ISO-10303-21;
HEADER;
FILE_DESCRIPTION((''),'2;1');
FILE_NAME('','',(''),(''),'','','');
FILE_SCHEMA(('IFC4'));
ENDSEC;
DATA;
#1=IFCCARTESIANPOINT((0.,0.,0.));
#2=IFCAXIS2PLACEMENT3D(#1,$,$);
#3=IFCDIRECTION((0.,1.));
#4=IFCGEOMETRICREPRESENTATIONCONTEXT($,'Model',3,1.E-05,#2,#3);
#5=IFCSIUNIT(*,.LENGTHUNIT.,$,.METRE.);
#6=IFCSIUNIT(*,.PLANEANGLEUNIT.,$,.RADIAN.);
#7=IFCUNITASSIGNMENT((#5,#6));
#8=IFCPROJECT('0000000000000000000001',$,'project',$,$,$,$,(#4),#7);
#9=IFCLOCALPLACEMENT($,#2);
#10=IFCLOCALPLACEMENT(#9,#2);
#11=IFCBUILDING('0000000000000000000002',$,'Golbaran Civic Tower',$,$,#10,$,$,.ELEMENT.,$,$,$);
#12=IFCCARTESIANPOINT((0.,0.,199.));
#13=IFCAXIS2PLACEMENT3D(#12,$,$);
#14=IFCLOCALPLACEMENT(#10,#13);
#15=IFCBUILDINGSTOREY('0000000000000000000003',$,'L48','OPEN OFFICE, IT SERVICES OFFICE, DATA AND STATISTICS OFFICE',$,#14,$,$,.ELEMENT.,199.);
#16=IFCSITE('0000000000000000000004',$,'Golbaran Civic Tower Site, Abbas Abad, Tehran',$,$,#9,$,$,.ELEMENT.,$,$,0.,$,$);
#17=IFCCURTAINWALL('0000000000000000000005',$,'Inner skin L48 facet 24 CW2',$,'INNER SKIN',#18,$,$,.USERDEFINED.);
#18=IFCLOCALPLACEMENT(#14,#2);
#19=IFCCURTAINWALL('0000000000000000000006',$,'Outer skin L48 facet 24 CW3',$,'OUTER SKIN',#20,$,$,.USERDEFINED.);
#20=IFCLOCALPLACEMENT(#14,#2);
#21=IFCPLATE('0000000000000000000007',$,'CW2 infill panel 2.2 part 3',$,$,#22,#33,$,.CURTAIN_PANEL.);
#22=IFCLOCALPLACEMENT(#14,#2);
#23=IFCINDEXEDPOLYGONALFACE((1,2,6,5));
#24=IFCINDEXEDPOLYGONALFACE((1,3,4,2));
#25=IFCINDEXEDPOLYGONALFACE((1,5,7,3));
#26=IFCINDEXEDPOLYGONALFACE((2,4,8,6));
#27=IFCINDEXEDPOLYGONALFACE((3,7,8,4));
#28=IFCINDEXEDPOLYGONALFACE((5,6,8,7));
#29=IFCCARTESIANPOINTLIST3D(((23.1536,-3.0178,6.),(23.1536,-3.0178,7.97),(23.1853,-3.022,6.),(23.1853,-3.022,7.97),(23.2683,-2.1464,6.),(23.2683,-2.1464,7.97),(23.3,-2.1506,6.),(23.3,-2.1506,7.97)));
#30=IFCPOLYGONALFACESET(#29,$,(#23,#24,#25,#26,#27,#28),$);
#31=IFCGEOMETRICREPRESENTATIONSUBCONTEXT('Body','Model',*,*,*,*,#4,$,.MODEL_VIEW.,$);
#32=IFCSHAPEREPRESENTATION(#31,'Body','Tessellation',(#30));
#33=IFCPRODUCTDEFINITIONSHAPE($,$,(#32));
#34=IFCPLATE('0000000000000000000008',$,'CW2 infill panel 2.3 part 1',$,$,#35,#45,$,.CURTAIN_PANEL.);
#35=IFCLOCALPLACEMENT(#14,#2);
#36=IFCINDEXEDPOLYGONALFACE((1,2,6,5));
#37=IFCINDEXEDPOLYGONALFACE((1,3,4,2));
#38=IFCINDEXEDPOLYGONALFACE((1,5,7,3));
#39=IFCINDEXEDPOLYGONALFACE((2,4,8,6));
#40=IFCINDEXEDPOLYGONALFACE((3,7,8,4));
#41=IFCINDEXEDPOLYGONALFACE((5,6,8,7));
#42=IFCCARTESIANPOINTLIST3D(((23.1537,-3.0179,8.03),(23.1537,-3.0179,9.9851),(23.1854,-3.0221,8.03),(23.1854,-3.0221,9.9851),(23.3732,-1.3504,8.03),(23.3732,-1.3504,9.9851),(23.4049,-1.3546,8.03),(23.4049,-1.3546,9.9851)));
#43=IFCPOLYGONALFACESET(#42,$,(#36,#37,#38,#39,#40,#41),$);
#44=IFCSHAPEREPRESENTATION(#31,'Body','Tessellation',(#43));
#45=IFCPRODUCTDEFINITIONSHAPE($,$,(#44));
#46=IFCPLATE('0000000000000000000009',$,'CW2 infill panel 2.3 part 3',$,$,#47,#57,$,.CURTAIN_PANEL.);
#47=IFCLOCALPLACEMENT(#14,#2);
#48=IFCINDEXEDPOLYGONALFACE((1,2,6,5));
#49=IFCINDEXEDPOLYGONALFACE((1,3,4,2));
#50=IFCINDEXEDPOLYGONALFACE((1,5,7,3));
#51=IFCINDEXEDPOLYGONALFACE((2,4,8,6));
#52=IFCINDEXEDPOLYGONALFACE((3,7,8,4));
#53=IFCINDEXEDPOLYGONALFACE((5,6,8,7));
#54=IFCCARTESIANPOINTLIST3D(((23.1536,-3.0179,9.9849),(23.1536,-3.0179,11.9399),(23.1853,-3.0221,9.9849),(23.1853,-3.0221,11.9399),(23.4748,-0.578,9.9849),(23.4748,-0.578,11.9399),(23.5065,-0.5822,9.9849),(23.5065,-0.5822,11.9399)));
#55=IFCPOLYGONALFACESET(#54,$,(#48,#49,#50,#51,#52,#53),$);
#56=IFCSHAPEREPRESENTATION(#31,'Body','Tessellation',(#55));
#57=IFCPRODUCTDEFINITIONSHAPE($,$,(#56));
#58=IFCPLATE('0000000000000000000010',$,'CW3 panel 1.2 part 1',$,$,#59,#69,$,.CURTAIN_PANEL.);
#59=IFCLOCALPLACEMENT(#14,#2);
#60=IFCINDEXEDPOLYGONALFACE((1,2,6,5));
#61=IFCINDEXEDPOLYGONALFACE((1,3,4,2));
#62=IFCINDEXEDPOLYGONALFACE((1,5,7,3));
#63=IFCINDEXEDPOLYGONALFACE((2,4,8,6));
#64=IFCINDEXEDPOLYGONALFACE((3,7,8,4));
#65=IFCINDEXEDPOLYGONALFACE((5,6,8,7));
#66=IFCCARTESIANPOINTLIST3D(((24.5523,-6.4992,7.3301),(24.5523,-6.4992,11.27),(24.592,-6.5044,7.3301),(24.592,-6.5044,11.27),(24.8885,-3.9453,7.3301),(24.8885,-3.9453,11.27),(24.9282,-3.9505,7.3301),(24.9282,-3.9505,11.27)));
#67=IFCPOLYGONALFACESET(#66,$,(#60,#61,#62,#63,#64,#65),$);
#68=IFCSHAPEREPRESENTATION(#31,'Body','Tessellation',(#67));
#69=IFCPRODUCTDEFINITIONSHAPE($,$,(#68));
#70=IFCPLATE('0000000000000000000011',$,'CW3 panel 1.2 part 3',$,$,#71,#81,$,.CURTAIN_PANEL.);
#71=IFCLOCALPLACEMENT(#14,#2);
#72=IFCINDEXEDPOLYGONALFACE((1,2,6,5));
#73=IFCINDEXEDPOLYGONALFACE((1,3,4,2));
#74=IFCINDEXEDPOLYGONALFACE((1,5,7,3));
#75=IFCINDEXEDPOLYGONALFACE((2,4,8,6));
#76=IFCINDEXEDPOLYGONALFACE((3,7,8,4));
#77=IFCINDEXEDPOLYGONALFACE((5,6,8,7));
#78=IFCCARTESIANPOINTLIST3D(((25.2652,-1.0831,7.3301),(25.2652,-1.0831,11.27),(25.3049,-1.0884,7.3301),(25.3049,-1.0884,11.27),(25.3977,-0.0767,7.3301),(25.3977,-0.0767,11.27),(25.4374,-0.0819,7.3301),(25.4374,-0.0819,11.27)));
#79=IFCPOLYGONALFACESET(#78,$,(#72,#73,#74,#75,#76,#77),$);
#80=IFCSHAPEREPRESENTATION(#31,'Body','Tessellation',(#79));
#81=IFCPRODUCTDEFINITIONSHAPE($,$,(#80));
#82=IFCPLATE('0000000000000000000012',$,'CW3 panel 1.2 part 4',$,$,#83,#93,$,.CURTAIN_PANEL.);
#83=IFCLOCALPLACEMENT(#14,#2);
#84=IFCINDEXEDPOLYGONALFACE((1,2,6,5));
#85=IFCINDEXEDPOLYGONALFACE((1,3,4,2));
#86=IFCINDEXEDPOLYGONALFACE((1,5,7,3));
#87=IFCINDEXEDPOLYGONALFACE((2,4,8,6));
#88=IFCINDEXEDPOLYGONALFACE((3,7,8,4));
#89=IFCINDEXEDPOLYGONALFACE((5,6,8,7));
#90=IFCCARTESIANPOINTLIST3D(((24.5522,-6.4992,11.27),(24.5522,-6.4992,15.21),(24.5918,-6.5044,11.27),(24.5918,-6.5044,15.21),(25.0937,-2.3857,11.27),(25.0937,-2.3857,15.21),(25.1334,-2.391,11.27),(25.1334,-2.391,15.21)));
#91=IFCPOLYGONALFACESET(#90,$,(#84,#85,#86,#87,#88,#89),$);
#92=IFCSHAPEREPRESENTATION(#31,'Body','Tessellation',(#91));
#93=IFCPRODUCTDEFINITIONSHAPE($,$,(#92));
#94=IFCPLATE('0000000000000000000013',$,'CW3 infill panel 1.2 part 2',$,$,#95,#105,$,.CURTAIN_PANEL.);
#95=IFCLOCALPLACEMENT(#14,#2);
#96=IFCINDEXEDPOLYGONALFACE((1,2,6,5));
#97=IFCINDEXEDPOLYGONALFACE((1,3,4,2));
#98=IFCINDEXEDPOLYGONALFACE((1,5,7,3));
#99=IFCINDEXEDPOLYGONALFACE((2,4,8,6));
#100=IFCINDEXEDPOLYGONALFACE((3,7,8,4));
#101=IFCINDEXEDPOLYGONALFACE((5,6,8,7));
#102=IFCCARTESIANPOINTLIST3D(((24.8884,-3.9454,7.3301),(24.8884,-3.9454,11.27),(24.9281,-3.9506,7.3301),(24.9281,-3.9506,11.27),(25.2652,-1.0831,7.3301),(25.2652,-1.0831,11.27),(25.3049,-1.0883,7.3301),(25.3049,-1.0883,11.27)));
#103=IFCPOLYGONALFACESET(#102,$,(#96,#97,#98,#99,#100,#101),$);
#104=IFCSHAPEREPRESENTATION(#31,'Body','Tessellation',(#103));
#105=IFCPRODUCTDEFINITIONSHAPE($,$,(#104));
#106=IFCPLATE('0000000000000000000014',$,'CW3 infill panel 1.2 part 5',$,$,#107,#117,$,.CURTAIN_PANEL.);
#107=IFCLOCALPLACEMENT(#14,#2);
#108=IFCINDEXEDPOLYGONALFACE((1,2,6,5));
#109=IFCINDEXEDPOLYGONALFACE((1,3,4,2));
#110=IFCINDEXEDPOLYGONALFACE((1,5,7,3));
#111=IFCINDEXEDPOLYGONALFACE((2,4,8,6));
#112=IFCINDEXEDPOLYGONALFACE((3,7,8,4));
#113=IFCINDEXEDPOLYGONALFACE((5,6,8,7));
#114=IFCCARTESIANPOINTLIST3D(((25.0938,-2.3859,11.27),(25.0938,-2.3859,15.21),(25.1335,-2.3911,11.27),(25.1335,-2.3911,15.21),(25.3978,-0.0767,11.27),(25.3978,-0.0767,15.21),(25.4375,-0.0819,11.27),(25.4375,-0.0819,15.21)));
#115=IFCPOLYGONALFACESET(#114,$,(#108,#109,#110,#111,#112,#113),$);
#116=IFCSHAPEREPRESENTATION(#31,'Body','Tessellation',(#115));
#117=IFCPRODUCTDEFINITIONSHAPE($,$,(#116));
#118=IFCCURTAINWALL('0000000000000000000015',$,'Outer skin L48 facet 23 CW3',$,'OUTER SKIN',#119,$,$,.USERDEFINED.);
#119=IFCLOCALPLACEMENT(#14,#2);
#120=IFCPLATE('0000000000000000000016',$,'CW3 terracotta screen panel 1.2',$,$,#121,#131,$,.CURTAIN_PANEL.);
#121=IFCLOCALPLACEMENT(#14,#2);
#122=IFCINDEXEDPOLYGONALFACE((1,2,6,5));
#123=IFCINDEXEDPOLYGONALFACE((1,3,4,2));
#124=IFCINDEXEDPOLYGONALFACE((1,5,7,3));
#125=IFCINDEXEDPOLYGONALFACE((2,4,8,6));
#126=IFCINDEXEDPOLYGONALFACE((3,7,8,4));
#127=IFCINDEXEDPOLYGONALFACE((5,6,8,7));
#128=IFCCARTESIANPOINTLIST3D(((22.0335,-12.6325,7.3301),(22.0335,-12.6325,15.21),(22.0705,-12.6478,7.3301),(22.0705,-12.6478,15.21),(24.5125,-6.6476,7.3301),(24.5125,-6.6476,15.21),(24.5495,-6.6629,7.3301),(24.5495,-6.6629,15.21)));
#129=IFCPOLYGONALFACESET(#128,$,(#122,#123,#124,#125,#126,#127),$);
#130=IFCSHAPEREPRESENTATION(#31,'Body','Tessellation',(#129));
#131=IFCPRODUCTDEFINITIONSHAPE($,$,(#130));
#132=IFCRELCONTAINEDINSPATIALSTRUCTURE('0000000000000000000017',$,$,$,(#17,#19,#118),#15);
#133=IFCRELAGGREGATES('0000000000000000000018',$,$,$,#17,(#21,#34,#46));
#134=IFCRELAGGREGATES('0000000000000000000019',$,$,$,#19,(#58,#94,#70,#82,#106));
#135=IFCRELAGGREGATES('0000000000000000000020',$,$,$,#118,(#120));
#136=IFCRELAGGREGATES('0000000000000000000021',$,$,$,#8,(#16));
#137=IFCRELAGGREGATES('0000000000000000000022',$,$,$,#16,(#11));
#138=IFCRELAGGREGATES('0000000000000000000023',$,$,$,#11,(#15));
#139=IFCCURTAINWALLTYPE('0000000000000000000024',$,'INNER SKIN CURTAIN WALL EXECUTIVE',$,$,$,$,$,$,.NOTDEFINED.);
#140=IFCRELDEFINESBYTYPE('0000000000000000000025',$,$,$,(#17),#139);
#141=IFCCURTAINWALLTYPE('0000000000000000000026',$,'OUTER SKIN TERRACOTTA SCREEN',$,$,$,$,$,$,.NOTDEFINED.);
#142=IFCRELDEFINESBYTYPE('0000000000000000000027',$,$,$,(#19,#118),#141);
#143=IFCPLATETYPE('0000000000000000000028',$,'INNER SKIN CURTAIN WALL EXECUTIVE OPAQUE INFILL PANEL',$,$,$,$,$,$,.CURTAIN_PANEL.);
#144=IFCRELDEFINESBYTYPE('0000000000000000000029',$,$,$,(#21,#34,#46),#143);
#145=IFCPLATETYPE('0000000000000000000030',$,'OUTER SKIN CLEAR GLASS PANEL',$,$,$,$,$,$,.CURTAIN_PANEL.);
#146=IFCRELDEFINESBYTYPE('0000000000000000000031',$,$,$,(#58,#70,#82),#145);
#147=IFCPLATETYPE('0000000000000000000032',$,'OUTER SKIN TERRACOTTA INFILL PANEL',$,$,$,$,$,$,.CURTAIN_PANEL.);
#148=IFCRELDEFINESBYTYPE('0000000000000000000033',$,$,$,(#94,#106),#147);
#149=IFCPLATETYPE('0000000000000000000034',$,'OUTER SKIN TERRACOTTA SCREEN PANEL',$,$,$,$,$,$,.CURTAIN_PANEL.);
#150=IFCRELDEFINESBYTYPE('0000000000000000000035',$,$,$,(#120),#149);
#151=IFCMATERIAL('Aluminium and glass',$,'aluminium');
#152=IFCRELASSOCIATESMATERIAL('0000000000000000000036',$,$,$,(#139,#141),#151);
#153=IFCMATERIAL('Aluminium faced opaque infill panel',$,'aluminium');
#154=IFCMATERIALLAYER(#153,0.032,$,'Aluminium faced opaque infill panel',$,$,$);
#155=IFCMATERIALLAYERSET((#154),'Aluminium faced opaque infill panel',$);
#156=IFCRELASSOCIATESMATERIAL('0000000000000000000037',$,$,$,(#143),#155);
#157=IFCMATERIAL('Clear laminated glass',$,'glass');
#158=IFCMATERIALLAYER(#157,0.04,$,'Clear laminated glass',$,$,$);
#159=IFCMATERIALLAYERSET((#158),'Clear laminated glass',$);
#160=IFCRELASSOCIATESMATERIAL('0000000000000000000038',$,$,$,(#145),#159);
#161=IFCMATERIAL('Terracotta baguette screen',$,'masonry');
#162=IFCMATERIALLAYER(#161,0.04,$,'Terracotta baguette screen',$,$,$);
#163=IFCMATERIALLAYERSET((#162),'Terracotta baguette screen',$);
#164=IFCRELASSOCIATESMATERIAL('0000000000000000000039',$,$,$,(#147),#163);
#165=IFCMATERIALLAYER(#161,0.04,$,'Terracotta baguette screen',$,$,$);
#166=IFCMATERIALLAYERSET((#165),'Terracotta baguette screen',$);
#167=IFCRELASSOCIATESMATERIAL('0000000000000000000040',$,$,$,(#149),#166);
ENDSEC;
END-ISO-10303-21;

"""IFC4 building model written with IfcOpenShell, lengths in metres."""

from ifc_helpers import new_model, si_unit, direction, frame, origin, origin_2d, place, context, subcontext, project, spatial, rectangle, extrude, material, layer, layer_set, type_object, element, aggregate, save


model = new_model("IFC4")

# Units and contexts
model_context = context("Model", 3, precision=1e-05, world=origin(), true_north=direction((0.0, 1.0)))
body_context = subcontext(model_context, "Body", "Model", "MODEL_VIEW")
ifc_project = project(units=[si_unit("LENGTHUNIT", "METRE"), si_unit("PLANEANGLEUNIT", "RADIAN")], contexts=[model_context])

# Site, building, storey
site_placement = place(None, origin())
site = spatial("IfcSite", under=ifc_project, at=site_placement, Name="Golbaran Civic Tower Site, Abbas Abad, Tehran", CompositionType="ELEMENT", RefElevation=0.0)
building_placement = place(site_placement, origin())
building = spatial("IfcBuilding", under=site, at=building_placement, Name="Golbaran Civic Tower", CompositionType="ELEMENT")
storey_placement = place(building_placement, frame((0.0, 0.0, 199.0)))
storey = spatial("IfcBuildingStorey", under=building, at=storey_placement, Name="L48", Description="OPEN OFFICE, IT SERVICES OFFICE, DATA AND STATISTICS OFFICE", CompositionType="ELEMENT", Elevation=199.0)

# Curtain walls
ifc_material_1 = material(Name="Aluminium and glass", Category="aluminium")
curtain_wall_type_1 = type_object("IfcCurtainWallType", Name="INNER SKIN CURTAIN WALL EXECUTIVE", PredefinedType="NOTDEFINED", material=ifc_material_1)
curtain_wall_1_placement = place(storey_placement, origin())
curtain_wall_1 = element("IfcCurtainWall", 1, at=curtain_wall_1_placement, inside=storey, type_object=curtain_wall_type_1, Name="Inner skin L48 facet 24 CW2", ObjectType="INNER SKIN", PredefinedType="USERDEFINED")
curtain_wall_type_2 = type_object("IfcCurtainWallType", Name="OUTER SKIN TERRACOTTA SCREEN", PredefinedType="NOTDEFINED", material=ifc_material_1)
curtain_wall_2_placement = place(storey_placement, origin())
curtain_wall_2 = element("IfcCurtainWall", 2, at=curtain_wall_2_placement, inside=storey, type_object=curtain_wall_type_2, Name="Outer skin L48 facet 24 CW3", ObjectType="OUTER SKIN", PredefinedType="USERDEFINED")

# Plates
ifc_material_2 = material(Name="Aluminium faced opaque infill panel", Category="aluminium")
ifc_layer_1 = layer(ifc_material_2, 0.032, Name="Aluminium faced opaque infill panel")
ifc_layer_set_1 = layer_set([ifc_layer_1], Name="Aluminium faced opaque infill panel")
plate_type_1 = type_object("IfcPlateType", Name="INNER SKIN CURTAIN WALL EXECUTIVE OPAQUE INFILL PANEL", PredefinedType="CURTAIN_PANEL", material=ifc_layer_set_1)
plate_1_placement = place(storey_placement, frame((23.2268, -2.5842, 6.0), z_axis=(0.0, 0.0, 1.0), x_axis=(0.130526, 0.991445, 0.0)))
plate_1 = element("IfcPlate", 3, at=plate_1_placement, type_object=plate_type_1, Name="CW2 infill panel 2.2 part 3", PredefinedType="CURTAIN_PANEL", context=body_context, shape_type="SweptSolid", body=[
    extrude(rectangle(XDim=0.8789, YDim=0.032, at=origin_2d()), origin(), (0.0, 0.0, 1.0), 1.97),
])
plate_2_placement = place(storey_placement, frame((23.2793, -2.1863, 8.03), z_axis=(0.0, 0.0, 1.0), x_axis=(0.130526, 0.991445, 0.0)))
plate_2 = element("IfcPlate", 4, at=plate_2_placement, type_object=plate_type_1, Name="CW2 infill panel 2.3 part 1", PredefinedType="CURTAIN_PANEL", context=body_context, shape_type="SweptSolid", body=[
    extrude(rectangle(XDim=1.6819, YDim=0.032, at=origin_2d()), origin(), (0.0, 0.0, 1.0), 1.9551),
])
plate_3_placement = place(storey_placement, frame((23.3301, -1.8, 9.9849), z_axis=(0.0, 0.0, 1.0), x_axis=(0.130526, 0.991445, 0.0)))
plate_3 = element("IfcPlate", 5, at=plate_3_placement, type_object=plate_type_1, Name="CW2 infill panel 2.3 part 3", PredefinedType="CURTAIN_PANEL", context=body_context, shape_type="SweptSolid", body=[
    extrude(rectangle(XDim=2.4609, YDim=0.032, at=origin_2d()), origin(), (0.0, 0.0, 1.0), 1.9551),
])
aggregate(curtain_wall_1, [plate_1, plate_2, plate_3])
ifc_material_3 = material(Name="Clear laminated glass", Category="glass")
ifc_layer_2 = layer(ifc_material_3, 0.04, Name="Clear laminated glass")
ifc_layer_set_2 = layer_set([ifc_layer_2], Name="Clear laminated glass")
plate_type_2 = type_object("IfcPlateType", Name="OUTER SKIN CLEAR GLASS PANEL", PredefinedType="CURTAIN_PANEL", material=ifc_layer_set_2)
plate_4_placement = place(storey_placement, frame((24.7402, -5.2249, 7.3301), z_axis=(0.0, 0.0, 1.0), x_axis=(0.130526, 0.991445, 0.0)))
plate_4 = element("IfcPlate", 6, at=plate_4_placement, type_object=plate_type_2, Name="CW3 panel 1.2 part 1", PredefinedType="CURTAIN_PANEL", context=body_context, shape_type="SweptSolid", body=[
    extrude(rectangle(XDim=2.5759, YDim=0.04, at=origin_2d()), origin(), (0.0, 0.0, 1.0), 3.9399),
])
plate_5_placement = place(storey_placement, frame((25.3513, -0.5825, 7.3301), z_axis=(0.0, 0.0, 1.0), x_axis=(0.130526, 0.991445, 0.0)))
plate_5 = element("IfcPlate", 7, at=plate_5_placement, type_object=plate_type_2, Name="CW3 panel 1.2 part 3", PredefinedType="CURTAIN_PANEL", context=body_context, shape_type="SweptSolid", body=[
    extrude(rectangle(XDim=1.0151, YDim=0.04, at=origin_2d()), origin(), (0.0, 0.0, 1.0), 3.9399),
])
plate_6_placement = place(storey_placement, frame((24.8428, -4.4451, 11.27), z_axis=(0.0, 0.0, 1.0), x_axis=(0.130526, 0.991445, 0.0)))
plate_6 = element("IfcPlate", 8, at=plate_6_placement, type_object=plate_type_2, Name="CW3 panel 1.2 part 4", PredefinedType="CURTAIN_PANEL", context=body_context, shape_type="SweptSolid", body=[
    extrude(rectangle(XDim=4.1489, YDim=0.04, at=origin_2d()), origin(), (0.0, 0.0, 1.0), 3.9399),
])
ifc_material_4 = material(Name="Terracotta baguette screen", Category="masonry")
ifc_layer_3 = layer(ifc_material_4, 0.04, Name="Terracotta baguette screen")
ifc_layer_set_3 = layer_set([ifc_layer_3], Name="Terracotta baguette screen")
plate_type_3 = type_object("IfcPlateType", Name="OUTER SKIN TERRACOTTA INFILL PANEL", PredefinedType="CURTAIN_PANEL", material=ifc_layer_set_3)
plate_7_placement = place(storey_placement, frame((25.0967, -2.5168, 7.3301), z_axis=(0.0, 0.0, 1.0), x_axis=(0.130526, 0.991445, 0.0)))
plate_7 = element("IfcPlate", 9, at=plate_7_placement, type_object=plate_type_3, Name="CW3 infill panel 1.2 part 2", PredefinedType="CURTAIN_PANEL", context=body_context, shape_type="SweptSolid", body=[
    extrude(rectangle(XDim=2.887, YDim=0.04, at=origin_2d()), origin(), (0.0, 0.0, 1.0), 3.9399),
])
plate_8_placement = place(storey_placement, frame((25.2656, -1.2339, 11.27), z_axis=(0.0, 0.0, 1.0), x_axis=(0.130526, 0.991445, 0.0)))
plate_8 = element("IfcPlate", 10, at=plate_8_placement, type_object=plate_type_3, Name="CW3 infill panel 1.2 part 5", PredefinedType="CURTAIN_PANEL", context=body_context, shape_type="SweptSolid", body=[
    extrude(rectangle(XDim=2.3291, YDim=0.04, at=origin_2d()), origin(), (0.0, 0.0, 1.0), 3.9399),
])
aggregate(curtain_wall_2, [plate_4, plate_7, plate_5, plate_6, plate_8])

# Curtain wall, plate
curtain_wall_3_placement = place(storey_placement, origin())
curtain_wall_3 = element("IfcCurtainWall", 11, at=curtain_wall_3_placement, inside=storey, type_object=curtain_wall_type_2, Name="Outer skin L48 facet 23 CW3", ObjectType="OUTER SKIN", PredefinedType="USERDEFINED")
ifc_layer_4 = layer(ifc_material_4, 0.04, Name="Terracotta baguette screen")
ifc_layer_set_4 = layer_set([ifc_layer_4], Name="Terracotta baguette screen")
plate_type_4 = type_object("IfcPlateType", Name="OUTER SKIN TERRACOTTA SCREEN PANEL", PredefinedType="CURTAIN_PANEL", material=ifc_layer_set_4)
plate_9_placement = place(storey_placement, frame((23.2915, -9.6477, 7.3301), z_axis=(0.0, 0.0, 1.0), x_axis=(0.382683, 0.92388, 0.0)))
plate_9 = element("IfcPlate", 12, at=plate_9_placement, type_object=plate_type_4, Name="CW3 terracotta screen panel 1.2", PredefinedType="CURTAIN_PANEL", context=body_context, shape_type="SweptSolid", body=[
    extrude(rectangle(XDim=6.478, YDim=0.04, at=origin_2d()), origin(), (0.0, 0.0, 1.0), 7.8799),
])
aggregate(curtain_wall_3, [plate_9])

save(model, "model.ifc")
